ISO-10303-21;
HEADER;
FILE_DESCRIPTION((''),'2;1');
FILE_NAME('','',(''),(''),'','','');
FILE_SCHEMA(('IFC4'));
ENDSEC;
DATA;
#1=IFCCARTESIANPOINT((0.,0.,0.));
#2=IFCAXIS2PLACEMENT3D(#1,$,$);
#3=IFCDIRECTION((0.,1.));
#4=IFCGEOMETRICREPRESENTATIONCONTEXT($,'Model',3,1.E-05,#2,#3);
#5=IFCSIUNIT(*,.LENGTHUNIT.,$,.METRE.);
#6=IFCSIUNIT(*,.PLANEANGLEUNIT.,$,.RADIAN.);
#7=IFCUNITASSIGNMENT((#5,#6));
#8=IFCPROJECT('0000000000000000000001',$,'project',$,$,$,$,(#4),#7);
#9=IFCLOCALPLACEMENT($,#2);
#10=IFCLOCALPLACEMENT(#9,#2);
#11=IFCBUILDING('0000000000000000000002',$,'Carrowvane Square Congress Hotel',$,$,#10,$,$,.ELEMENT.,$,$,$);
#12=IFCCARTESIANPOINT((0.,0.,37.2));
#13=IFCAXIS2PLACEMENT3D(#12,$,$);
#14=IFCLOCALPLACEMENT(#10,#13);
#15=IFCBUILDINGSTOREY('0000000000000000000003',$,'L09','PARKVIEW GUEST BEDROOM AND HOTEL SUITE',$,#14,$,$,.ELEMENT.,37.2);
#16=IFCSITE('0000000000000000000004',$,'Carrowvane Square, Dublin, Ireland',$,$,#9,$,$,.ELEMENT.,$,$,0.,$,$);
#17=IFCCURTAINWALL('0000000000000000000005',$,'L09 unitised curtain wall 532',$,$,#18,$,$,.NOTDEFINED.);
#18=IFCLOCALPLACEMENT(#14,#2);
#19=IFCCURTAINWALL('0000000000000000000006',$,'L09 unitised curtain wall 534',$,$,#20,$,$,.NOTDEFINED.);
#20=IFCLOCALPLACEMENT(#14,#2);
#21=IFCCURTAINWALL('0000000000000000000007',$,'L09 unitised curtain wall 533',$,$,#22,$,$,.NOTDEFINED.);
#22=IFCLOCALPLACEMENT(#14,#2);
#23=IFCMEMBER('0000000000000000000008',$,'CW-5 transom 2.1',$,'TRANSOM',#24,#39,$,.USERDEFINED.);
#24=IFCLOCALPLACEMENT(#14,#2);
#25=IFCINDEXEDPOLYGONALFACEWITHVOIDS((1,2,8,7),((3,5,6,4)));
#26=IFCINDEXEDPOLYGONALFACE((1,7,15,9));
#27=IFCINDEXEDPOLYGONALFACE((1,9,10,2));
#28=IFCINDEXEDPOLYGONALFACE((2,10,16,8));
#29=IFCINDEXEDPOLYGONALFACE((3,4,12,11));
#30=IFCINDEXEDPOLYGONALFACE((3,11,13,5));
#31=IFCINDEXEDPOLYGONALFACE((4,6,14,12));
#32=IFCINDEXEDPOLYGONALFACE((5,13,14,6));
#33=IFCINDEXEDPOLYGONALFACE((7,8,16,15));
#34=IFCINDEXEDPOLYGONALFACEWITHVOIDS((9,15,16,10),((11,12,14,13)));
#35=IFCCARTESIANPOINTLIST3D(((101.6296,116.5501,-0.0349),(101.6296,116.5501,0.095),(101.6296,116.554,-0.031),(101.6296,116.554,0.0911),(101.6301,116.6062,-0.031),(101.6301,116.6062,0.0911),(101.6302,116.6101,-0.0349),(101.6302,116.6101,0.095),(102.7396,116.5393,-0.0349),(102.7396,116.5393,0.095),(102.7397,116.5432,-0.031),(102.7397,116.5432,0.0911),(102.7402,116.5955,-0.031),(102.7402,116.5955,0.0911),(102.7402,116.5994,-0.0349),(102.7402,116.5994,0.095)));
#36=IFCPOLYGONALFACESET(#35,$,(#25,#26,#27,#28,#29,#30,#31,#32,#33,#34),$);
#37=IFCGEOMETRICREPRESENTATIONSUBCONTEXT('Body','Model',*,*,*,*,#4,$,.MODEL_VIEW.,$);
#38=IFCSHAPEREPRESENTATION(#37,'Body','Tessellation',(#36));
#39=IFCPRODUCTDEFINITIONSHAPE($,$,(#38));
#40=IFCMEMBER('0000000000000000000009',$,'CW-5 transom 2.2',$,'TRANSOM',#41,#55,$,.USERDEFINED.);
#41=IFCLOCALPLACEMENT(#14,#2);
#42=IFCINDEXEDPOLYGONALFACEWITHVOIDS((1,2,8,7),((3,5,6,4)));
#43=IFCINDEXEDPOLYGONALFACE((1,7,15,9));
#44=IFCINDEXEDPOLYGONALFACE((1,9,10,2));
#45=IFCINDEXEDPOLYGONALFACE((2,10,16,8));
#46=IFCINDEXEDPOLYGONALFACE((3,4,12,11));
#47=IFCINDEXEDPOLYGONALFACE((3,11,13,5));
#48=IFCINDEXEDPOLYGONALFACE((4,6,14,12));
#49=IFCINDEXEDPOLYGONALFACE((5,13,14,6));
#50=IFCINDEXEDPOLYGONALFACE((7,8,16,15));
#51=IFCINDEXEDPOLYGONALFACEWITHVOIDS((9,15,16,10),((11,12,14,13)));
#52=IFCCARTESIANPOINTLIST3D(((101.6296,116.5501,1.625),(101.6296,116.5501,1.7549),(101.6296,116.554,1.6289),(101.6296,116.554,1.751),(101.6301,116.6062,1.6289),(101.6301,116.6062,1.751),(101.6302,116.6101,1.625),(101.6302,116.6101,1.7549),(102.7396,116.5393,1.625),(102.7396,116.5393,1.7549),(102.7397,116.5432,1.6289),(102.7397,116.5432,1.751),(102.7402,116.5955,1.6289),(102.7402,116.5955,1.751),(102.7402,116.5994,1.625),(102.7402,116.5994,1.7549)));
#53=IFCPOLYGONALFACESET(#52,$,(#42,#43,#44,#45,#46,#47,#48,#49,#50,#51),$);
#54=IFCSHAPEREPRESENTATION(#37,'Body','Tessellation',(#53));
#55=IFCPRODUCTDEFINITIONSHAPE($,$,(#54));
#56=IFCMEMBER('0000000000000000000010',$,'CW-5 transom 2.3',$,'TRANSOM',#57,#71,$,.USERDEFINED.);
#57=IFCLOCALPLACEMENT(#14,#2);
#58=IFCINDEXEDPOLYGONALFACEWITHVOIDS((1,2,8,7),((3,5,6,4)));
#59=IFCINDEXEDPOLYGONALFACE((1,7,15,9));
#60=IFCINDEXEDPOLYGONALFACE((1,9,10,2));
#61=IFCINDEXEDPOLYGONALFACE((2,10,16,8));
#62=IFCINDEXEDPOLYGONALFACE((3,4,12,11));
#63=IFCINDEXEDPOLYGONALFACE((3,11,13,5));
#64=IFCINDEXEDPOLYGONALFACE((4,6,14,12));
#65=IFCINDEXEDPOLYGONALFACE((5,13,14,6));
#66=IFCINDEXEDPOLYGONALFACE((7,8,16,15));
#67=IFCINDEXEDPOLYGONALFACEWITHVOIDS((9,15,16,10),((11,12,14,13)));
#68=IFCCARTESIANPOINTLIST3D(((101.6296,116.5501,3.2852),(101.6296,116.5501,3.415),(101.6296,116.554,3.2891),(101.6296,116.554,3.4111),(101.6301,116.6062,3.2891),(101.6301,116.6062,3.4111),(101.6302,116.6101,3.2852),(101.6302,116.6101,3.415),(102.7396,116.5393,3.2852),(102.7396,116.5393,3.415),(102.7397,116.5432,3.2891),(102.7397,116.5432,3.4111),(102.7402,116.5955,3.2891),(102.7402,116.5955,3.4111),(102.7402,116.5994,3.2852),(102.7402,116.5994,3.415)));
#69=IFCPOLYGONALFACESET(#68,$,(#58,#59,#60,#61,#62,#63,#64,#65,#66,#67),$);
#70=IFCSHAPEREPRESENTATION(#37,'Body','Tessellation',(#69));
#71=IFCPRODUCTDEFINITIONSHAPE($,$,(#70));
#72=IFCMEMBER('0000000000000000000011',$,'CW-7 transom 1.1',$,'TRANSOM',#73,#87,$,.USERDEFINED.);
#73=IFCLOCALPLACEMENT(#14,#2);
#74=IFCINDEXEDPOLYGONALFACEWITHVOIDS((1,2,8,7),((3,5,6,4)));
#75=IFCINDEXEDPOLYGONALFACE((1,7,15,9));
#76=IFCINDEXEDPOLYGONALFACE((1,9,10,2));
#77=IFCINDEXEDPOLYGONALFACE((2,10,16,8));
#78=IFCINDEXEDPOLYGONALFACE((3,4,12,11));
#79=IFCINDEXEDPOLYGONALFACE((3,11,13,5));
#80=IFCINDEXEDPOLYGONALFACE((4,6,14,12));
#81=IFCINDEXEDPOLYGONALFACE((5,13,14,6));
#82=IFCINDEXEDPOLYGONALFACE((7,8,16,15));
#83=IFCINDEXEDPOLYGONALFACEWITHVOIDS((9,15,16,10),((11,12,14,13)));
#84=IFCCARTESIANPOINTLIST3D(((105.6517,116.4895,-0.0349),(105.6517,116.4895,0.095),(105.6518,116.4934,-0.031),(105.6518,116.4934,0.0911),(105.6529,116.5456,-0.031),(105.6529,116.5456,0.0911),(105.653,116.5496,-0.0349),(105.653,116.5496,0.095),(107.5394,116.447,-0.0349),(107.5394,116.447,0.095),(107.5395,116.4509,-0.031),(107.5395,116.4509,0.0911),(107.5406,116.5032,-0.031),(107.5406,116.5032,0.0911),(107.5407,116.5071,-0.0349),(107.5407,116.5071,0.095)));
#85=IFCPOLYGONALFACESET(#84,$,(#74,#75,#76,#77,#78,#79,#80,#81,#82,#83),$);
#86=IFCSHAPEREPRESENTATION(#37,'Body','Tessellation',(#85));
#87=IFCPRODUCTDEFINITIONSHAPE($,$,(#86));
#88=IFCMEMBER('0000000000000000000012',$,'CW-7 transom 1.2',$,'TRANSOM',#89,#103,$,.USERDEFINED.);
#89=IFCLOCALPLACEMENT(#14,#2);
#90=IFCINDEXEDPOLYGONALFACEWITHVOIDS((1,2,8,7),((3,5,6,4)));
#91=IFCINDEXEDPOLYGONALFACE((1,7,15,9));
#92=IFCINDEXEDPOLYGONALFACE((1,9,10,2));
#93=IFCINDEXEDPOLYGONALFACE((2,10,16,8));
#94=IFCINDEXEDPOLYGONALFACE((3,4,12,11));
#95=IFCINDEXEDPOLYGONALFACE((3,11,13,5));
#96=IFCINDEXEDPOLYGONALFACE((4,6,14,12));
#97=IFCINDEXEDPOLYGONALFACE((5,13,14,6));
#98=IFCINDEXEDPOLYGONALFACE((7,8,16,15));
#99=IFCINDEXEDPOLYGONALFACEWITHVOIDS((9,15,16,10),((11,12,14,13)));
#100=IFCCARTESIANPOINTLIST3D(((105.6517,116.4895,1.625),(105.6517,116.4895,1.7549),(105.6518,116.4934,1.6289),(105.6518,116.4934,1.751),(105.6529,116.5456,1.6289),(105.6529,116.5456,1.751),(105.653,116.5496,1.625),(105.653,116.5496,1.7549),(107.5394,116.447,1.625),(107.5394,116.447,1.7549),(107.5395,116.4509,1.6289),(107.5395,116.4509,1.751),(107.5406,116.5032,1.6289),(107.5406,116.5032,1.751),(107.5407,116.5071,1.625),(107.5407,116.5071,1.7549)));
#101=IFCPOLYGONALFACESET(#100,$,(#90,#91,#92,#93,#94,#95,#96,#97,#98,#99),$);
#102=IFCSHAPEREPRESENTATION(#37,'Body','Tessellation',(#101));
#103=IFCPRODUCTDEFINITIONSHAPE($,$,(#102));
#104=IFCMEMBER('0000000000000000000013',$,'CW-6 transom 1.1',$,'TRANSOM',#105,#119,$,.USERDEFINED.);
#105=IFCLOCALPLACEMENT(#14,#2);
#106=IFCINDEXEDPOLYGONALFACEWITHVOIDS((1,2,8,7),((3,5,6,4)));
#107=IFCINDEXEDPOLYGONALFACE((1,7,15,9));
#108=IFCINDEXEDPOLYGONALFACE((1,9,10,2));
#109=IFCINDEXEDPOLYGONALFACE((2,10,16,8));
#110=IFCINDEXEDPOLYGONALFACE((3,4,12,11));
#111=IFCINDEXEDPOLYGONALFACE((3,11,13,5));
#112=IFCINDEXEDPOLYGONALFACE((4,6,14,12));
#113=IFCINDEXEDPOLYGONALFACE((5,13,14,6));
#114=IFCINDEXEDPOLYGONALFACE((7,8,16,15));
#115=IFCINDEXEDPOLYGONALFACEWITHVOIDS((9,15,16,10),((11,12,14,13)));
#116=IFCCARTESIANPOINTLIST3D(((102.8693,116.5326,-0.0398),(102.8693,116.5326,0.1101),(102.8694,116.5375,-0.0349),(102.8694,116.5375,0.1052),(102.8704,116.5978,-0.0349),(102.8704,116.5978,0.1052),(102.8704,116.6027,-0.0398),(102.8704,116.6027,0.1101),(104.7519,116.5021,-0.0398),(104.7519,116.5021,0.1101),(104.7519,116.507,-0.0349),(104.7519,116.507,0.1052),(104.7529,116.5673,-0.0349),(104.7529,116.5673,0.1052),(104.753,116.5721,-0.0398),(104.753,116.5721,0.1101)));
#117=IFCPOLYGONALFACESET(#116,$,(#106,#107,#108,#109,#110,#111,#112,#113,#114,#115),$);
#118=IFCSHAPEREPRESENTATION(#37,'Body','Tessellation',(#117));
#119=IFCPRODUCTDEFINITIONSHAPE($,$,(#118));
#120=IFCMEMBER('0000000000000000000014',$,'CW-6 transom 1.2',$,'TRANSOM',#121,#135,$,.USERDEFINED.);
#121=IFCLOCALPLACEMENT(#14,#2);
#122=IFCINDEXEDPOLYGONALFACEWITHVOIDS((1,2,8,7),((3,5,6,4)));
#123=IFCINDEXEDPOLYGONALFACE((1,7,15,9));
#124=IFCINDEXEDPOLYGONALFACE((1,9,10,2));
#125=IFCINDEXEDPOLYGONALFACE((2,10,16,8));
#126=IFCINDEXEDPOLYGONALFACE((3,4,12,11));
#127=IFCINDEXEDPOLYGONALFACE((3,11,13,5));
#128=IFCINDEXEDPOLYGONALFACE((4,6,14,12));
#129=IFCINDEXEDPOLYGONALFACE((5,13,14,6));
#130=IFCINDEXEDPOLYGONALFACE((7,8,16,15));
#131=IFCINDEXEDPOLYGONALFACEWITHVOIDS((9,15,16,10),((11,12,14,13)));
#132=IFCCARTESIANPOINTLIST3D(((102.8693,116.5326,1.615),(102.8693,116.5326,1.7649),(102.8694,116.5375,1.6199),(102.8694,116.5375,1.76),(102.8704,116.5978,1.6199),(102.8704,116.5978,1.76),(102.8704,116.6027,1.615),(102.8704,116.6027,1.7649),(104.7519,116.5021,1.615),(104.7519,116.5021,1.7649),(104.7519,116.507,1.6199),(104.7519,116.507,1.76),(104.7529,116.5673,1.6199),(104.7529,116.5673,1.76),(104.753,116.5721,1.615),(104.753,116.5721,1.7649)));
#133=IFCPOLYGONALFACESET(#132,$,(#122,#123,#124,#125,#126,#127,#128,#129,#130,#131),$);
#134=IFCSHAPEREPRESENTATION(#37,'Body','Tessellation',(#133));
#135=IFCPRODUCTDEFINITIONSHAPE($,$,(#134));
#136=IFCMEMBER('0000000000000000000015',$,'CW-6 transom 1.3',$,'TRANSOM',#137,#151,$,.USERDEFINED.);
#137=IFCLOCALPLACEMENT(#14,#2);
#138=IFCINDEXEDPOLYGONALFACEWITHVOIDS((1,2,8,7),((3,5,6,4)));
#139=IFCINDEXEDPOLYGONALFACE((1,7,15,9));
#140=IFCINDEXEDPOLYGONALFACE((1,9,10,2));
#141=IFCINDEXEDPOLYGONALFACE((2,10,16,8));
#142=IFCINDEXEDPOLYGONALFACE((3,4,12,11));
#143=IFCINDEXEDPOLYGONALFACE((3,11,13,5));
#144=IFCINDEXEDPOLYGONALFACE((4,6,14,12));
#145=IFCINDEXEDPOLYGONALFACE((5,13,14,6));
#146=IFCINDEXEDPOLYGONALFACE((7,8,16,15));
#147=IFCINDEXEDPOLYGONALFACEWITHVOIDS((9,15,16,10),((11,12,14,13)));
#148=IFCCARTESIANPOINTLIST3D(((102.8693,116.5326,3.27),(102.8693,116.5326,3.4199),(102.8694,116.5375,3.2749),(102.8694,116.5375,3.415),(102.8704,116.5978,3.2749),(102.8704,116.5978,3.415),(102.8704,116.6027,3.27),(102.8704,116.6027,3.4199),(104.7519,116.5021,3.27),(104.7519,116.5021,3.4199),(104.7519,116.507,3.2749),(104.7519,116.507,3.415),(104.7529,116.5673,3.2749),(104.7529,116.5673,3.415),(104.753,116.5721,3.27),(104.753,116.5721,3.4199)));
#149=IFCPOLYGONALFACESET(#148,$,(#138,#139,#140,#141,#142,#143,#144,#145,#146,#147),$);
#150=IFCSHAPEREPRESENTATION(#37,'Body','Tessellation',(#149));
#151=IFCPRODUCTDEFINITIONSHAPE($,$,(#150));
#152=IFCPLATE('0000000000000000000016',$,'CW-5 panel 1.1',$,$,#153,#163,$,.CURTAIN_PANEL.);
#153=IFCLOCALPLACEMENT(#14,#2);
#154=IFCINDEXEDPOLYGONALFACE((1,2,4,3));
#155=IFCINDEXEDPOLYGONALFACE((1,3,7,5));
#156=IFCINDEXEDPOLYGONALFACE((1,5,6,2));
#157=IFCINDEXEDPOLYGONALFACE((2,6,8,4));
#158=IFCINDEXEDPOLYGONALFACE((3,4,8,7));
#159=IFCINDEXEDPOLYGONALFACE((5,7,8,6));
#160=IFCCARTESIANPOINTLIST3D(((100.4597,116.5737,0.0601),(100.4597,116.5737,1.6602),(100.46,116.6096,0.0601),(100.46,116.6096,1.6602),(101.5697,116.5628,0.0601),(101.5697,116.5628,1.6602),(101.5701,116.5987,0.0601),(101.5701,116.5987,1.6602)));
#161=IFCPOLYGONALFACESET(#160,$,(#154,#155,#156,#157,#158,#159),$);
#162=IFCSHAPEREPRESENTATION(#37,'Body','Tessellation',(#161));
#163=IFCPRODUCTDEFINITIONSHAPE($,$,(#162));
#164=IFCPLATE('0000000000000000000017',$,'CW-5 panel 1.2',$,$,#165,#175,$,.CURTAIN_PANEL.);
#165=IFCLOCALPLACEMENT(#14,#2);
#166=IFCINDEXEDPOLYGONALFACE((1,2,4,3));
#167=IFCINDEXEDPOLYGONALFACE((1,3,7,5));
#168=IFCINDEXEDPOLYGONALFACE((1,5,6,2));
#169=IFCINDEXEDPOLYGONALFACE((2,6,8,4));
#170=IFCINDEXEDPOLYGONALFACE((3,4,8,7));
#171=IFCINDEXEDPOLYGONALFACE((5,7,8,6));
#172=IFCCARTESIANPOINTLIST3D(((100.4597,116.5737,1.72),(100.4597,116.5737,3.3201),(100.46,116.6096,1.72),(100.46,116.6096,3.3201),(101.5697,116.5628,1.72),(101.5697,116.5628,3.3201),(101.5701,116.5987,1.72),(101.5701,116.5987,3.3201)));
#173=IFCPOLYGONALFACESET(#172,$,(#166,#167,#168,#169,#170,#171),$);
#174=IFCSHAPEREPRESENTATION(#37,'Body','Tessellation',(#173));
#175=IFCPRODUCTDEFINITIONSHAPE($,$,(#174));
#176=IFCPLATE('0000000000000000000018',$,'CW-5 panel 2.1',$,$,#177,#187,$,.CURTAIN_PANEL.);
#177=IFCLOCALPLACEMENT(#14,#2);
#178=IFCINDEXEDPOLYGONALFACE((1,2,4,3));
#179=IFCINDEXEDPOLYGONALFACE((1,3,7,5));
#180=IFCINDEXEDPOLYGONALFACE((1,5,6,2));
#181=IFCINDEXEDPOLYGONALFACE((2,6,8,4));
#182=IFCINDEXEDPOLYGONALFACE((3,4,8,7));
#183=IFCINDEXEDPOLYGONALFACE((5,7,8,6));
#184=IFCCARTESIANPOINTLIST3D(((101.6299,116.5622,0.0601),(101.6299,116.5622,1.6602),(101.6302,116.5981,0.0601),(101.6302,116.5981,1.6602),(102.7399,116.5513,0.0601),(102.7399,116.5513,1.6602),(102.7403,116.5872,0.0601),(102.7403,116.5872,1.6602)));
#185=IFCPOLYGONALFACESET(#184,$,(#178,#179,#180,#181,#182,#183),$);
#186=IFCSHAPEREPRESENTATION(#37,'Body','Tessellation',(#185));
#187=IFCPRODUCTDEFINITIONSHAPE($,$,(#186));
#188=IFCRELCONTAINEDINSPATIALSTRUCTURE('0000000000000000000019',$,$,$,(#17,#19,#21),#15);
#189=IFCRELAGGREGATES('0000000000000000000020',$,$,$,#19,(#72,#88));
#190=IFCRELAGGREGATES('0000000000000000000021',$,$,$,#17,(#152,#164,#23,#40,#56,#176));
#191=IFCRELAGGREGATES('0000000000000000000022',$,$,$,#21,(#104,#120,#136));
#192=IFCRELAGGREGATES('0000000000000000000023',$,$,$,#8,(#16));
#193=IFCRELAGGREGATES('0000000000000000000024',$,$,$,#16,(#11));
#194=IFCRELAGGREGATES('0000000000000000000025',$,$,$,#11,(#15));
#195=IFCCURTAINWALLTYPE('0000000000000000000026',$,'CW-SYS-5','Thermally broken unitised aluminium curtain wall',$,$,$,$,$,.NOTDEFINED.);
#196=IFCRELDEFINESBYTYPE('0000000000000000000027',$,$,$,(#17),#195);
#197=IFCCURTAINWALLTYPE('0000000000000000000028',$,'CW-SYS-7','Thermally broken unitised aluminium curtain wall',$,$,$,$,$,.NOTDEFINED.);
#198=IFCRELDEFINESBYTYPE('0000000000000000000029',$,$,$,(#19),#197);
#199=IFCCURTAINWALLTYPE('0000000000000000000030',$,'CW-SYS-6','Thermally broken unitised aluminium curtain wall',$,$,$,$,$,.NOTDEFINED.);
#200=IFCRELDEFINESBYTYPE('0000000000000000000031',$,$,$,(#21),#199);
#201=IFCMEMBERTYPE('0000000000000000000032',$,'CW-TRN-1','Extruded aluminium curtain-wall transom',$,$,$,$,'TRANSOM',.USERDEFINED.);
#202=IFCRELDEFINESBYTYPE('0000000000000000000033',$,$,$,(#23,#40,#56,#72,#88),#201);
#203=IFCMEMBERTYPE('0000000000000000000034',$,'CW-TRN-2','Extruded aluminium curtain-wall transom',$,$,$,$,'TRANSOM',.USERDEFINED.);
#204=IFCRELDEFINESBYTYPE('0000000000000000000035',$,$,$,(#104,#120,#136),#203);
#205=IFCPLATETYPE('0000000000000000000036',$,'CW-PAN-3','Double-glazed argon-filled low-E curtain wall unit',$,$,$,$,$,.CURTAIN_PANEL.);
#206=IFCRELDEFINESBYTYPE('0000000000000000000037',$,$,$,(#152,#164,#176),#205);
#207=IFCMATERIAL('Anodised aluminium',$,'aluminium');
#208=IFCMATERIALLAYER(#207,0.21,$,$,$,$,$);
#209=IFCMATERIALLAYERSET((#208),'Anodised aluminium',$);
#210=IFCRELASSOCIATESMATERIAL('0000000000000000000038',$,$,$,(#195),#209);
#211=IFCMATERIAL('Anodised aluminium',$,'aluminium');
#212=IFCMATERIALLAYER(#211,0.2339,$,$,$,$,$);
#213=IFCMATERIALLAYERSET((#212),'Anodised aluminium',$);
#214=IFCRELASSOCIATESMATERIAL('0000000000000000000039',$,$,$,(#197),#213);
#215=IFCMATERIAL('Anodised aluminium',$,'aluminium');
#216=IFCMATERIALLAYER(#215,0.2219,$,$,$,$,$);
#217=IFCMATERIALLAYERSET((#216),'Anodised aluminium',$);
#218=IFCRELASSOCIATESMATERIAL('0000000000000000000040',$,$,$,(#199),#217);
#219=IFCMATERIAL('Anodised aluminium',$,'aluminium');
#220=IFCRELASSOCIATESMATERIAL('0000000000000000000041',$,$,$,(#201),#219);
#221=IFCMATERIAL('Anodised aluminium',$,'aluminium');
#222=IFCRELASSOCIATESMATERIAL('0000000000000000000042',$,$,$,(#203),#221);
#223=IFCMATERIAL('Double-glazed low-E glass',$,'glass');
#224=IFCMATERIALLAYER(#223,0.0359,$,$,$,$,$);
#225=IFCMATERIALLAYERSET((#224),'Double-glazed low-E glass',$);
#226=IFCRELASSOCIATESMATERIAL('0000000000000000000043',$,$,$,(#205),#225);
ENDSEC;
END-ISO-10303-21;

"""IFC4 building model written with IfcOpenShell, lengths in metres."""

from ifc_helpers import new_model, si_unit, direction, frame, origin, origin_2d, place, context, subcontext, project, spatial, rectangle, hollow_rectangle, extrude, material, layer, layer_set, material_profile, profile_set, type_object, element, aggregate, save


model = new_model("IFC4")

# Units and contexts
model_context = context("Model", 3, precision=1e-05, world=origin(), true_north=direction((0.0, 1.0)))
body_context = subcontext(model_context, "Body", "Model", "MODEL_VIEW")
ifc_project = project(units=[si_unit("LENGTHUNIT", "METRE"), si_unit("PLANEANGLEUNIT", "RADIAN")], contexts=[model_context])

# Site, building, storey
site_placement = place(None, origin())
site = spatial("IfcSite", under=ifc_project, at=site_placement, Name="Carrowvane Square, Dublin, Ireland", CompositionType="ELEMENT", RefElevation=0.0)
building_placement = place(site_placement, origin())
building = spatial("IfcBuilding", under=site, at=building_placement, Name="Carrowvane Square Congress Hotel", CompositionType="ELEMENT")
storey_placement = place(building_placement, frame((0.0, 0.0, 37.2)))
storey = spatial("IfcBuildingStorey", under=building, at=storey_placement, Name="L09", Description="PARKVIEW GUEST BEDROOM AND HOTEL SUITE", CompositionType="ELEMENT", Elevation=37.2)

# Curtain wall
ifc_material_1 = material(Name="Anodised aluminium", Category="aluminium")
ifc_layer_1 = layer(ifc_material_1, 0.21)
ifc_layer_set_1 = layer_set([ifc_layer_1], Name="Anodised aluminium")
curtain_wall_type_1 = type_object("IfcCurtainWallType", Name="CW-SYS-5", Description="Thermally broken unitised aluminium curtain wall", PredefinedType="NOTDEFINED", material=ifc_layer_set_1)
curtain_wall_1_placement = place(storey_placement, origin())
curtain_wall_1 = element("IfcCurtainWall", 1, at=curtain_wall_1_placement, inside=storey, type_object=curtain_wall_type_1, Name="L09 unitised curtain wall 532", PredefinedType="NOTDEFINED")

# Curtain wall
ifc_material_2 = material(Name="Anodised aluminium", Category="aluminium")
ifc_layer_2 = layer(ifc_material_2, 0.2339)
ifc_layer_set_2 = layer_set([ifc_layer_2], Name="Anodised aluminium")
curtain_wall_type_2 = type_object("IfcCurtainWallType", Name="CW-SYS-7", Description="Thermally broken unitised aluminium curtain wall", PredefinedType="NOTDEFINED", material=ifc_layer_set_2)
curtain_wall_2_placement = place(storey_placement, origin())
curtain_wall_2 = element("IfcCurtainWall", 2, at=curtain_wall_2_placement, inside=storey, type_object=curtain_wall_type_2, Name="L09 unitised curtain wall 534", PredefinedType="NOTDEFINED")

# Curtain wall
ifc_material_3 = material(Name="Anodised aluminium", Category="aluminium")
ifc_layer_3 = layer(ifc_material_3, 0.2219)
ifc_layer_set_3 = layer_set([ifc_layer_3], Name="Anodised aluminium")
curtain_wall_type_3 = type_object("IfcCurtainWallType", Name="CW-SYS-6", Description="Thermally broken unitised aluminium curtain wall", PredefinedType="NOTDEFINED", material=ifc_layer_set_3)
curtain_wall_3_placement = place(storey_placement, origin())
curtain_wall_3 = element("IfcCurtainWall", 3, at=curtain_wall_3_placement, inside=storey, type_object=curtain_wall_type_3, Name="L09 unitised curtain wall 533", PredefinedType="NOTDEFINED")

# Members
ifc_material_4 = material(Name="Anodised aluminium", Category="aluminium")
ifc_material_profile_1 = material_profile(ifc_material_4, hollow_rectangle(XDim=0.0601, YDim=0.1299, WallThickness=0.0039, at=origin_2d()), Name="CW-TR 60x130x4")
ifc_profile_set_1 = profile_set([ifc_material_profile_1], Name="Anodised aluminium")
member_type_1 = type_object("IfcMemberType", Name="CW-TRN-1", Description="Extruded aluminium curtain-wall transom", ElementType="TRANSOM", PredefinedType="USERDEFINED", material=ifc_profile_set_1)
member_1_placement = place(storey_placement, frame((101.6299, 116.5801, 0.03), z_axis=(0.999953, -0.009676, 0.0), x_axis=(0.009676, 0.999953, 0.0)))
member_1 = element("IfcMember", 4, at=member_1_placement, type_object=member_type_1, Name="CW-5 transom 2.1", ObjectType="TRANSOM", PredefinedType="USERDEFINED", context=body_context, shape_type="SweptSolid", body=[
    extrude(hollow_rectangle(XDim=0.0601, YDim=0.1299, WallThickness=0.0039, at=origin_2d()), origin(), (0.0, 0.0, 1.0), 1.1101),
])
member_2_placement = place(storey_placement, frame((101.6299, 116.5801, 1.6899), z_axis=(0.999953, -0.009676, 0.0), x_axis=(0.009676, 0.999953, 0.0)))
member_2 = element("IfcMember", 5, at=member_2_placement, type_object=member_type_1, Name="CW-5 transom 2.2", ObjectType="TRANSOM", PredefinedType="USERDEFINED", context=body_context, shape_type="SweptSolid", body=[
    extrude(hollow_rectangle(XDim=0.0601, YDim=0.1299, WallThickness=0.0039, at=origin_2d()), origin(), (0.0, 0.0, 1.0), 1.1101),
])
member_3_placement = place(storey_placement, frame((101.6299, 116.5801, 3.3501), z_axis=(0.999953, -0.009676, 0.0), x_axis=(0.009676, 0.999953, 0.0)))
member_3 = element("IfcMember", 6, at=member_3_placement, type_object=member_type_1, Name="CW-5 transom 2.3", ObjectType="TRANSOM", PredefinedType="USERDEFINED", context=body_context, shape_type="SweptSolid", body=[
    extrude(hollow_rectangle(XDim=0.0601, YDim=0.1299, WallThickness=0.0039, at=origin_2d()), origin(), (0.0, 0.0, 1.0), 1.1101),
])
member_4_placement = place(storey_placement, frame((105.6523, 116.5195, 0.03), z_axis=(0.999747, -0.022498, 0.0), x_axis=(0.022498, 0.999747, 0.0)))
member_4 = element("IfcMember", 7, at=member_4_placement, type_object=member_type_1, Name="CW-7 transom 1.1", ObjectType="TRANSOM", PredefinedType="USERDEFINED", context=body_context, shape_type="SweptSolid", body=[
    extrude(hollow_rectangle(XDim=0.0601, YDim=0.1299, WallThickness=0.0039, at=origin_2d()), origin(), (0.0, 0.0, 1.0), 1.8882),
])
member_5_placement = place(storey_placement, frame((105.6523, 116.5195, 1.6899), z_axis=(0.999747, -0.022498, 0.0), x_axis=(0.022498, 0.999747, 0.0)))
member_5 = element("IfcMember", 8, at=member_5_placement, type_object=member_type_1, Name="CW-7 transom 1.2", ObjectType="TRANSOM", PredefinedType="USERDEFINED", context=body_context, shape_type="SweptSolid", body=[
    extrude(hollow_rectangle(XDim=0.0601, YDim=0.1299, WallThickness=0.0039, at=origin_2d()), origin(), (0.0, 0.0, 1.0), 1.8882),
])
aggregate(curtain_wall_2, [member_4, member_5])
ifc_material_5 = material(Name="Anodised aluminium", Category="aluminium")
ifc_material_profile_2 = material_profile(ifc_material_5, hollow_rectangle(XDim=0.0701, YDim=0.1499, WallThickness=0.0049, at=origin_2d()), Name="CW-TR 70x150x5")
ifc_profile_set_2 = profile_set([ifc_material_profile_2], Name="Anodised aluminium")
member_type_2 = type_object("IfcMemberType", Name="CW-TRN-2", Description="Extruded aluminium curtain-wall transom", ElementType="TRANSOM", PredefinedType="USERDEFINED", material=ifc_profile_set_2)
member_6_placement = place(storey_placement, frame((102.8699, 116.5676, 0.0352), z_axis=(0.999869, -0.016208, 0.0), x_axis=(0.016208, 0.999869, 0.0)))
member_6 = element("IfcMember", 9, at=member_6_placement, type_object=member_type_2, Name="CW-6 transom 1.1", ObjectType="TRANSOM", PredefinedType="USERDEFINED", context=body_context, shape_type="SweptSolid", body=[
    extrude(hollow_rectangle(XDim=0.0701, YDim=0.1499, WallThickness=0.0049, at=origin_2d()), origin(), (0.0, 0.0, 1.0), 1.8828),
])
member_7_placement = place(storey_placement, frame((102.8699, 116.5676, 1.6899), z_axis=(0.999869, -0.016208, 0.0), x_axis=(0.016208, 0.999869, 0.0)))
member_7 = element("IfcMember", 10, at=member_7_placement, type_object=member_type_2, Name="CW-6 transom 1.2", ObjectType="TRANSOM", PredefinedType="USERDEFINED", context=body_context, shape_type="SweptSolid", body=[
    extrude(hollow_rectangle(XDim=0.0701, YDim=0.1499, WallThickness=0.0049, at=origin_2d()), origin(), (0.0, 0.0, 1.0), 1.8828),
])
member_8_placement = place(storey_placement, frame((102.8699, 116.5676, 3.345), z_axis=(0.999869, -0.016208, 0.0), x_axis=(0.016208, 0.999869, 0.0)))
member_8 = element("IfcMember", 11, at=member_8_placement, type_object=member_type_2, Name="CW-6 transom 1.3", ObjectType="TRANSOM", PredefinedType="USERDEFINED", context=body_context, shape_type="SweptSolid", body=[
    extrude(hollow_rectangle(XDim=0.0701, YDim=0.1499, WallThickness=0.0049, at=origin_2d()), origin(), (0.0, 0.0, 1.0), 1.8828),
])

# Plates
ifc_material_6 = material(Name="Double-glazed low-E glass", Category="glass")
ifc_layer_4 = layer(ifc_material_6, 0.0359)
ifc_layer_set_4 = layer_set([ifc_layer_4], Name="Double-glazed low-E glass")
plate_type_1 = type_object("IfcPlateType", Name="CW-PAN-3", Description="Double-glazed argon-filled low-E curtain wall unit", PredefinedType="CURTAIN_PANEL", material=ifc_layer_set_4)
plate_1_placement = place(storey_placement, frame((101.0149, 116.5862, 0.0601), z_axis=(0.0, 0.0, 1.0), x_axis=(0.999952, -0.009783, 0.0)))
plate_1 = element("IfcPlate", 12, at=plate_1_placement, type_object=plate_type_1, Name="CW-5 panel 1.1", PredefinedType="CURTAIN_PANEL", context=body_context, shape_type="SweptSolid", body=[
    extrude(rectangle(XDim=1.1101, YDim=0.0359, at=origin_2d()), origin(), (0.0, 0.0, 1.0), 1.6001),
])
plate_2_placement = place(storey_placement, frame((101.0149, 116.5862, 1.72), z_axis=(0.0, 0.0, 1.0), x_axis=(0.999952, -0.009783, 0.0)))
plate_2 = element("IfcPlate", 13, at=plate_2_placement, type_object=plate_type_1, Name="CW-5 panel 1.2", PredefinedType="CURTAIN_PANEL", context=body_context, shape_type="SweptSolid", body=[
    extrude(rectangle(XDim=1.1101, YDim=0.0359, at=origin_2d()), origin(), (0.0, 0.0, 1.0), 1.6001),
])
plate_3_placement = place(storey_placement, frame((102.1851, 116.5747, 0.0601), z_axis=(0.0, 0.0, 1.0), x_axis=(0.999952, -0.009783, 0.0)))
plate_3 = element("IfcPlate", 14, at=plate_3_placement, type_object=plate_type_1, Name="CW-5 panel 2.1", PredefinedType="CURTAIN_PANEL", context=body_context, shape_type="SweptSolid", body=[
    extrude(rectangle(XDim=1.1101, YDim=0.0359, at=origin_2d()), origin(), (0.0, 0.0, 1.0), 1.6001),
])
aggregate(curtain_wall_1, [plate_1, plate_2, member_1, member_2, member_3, plate_3])
aggregate(curtain_wall_3, [member_6, member_7, member_8])

save(model, "model.ifc")
